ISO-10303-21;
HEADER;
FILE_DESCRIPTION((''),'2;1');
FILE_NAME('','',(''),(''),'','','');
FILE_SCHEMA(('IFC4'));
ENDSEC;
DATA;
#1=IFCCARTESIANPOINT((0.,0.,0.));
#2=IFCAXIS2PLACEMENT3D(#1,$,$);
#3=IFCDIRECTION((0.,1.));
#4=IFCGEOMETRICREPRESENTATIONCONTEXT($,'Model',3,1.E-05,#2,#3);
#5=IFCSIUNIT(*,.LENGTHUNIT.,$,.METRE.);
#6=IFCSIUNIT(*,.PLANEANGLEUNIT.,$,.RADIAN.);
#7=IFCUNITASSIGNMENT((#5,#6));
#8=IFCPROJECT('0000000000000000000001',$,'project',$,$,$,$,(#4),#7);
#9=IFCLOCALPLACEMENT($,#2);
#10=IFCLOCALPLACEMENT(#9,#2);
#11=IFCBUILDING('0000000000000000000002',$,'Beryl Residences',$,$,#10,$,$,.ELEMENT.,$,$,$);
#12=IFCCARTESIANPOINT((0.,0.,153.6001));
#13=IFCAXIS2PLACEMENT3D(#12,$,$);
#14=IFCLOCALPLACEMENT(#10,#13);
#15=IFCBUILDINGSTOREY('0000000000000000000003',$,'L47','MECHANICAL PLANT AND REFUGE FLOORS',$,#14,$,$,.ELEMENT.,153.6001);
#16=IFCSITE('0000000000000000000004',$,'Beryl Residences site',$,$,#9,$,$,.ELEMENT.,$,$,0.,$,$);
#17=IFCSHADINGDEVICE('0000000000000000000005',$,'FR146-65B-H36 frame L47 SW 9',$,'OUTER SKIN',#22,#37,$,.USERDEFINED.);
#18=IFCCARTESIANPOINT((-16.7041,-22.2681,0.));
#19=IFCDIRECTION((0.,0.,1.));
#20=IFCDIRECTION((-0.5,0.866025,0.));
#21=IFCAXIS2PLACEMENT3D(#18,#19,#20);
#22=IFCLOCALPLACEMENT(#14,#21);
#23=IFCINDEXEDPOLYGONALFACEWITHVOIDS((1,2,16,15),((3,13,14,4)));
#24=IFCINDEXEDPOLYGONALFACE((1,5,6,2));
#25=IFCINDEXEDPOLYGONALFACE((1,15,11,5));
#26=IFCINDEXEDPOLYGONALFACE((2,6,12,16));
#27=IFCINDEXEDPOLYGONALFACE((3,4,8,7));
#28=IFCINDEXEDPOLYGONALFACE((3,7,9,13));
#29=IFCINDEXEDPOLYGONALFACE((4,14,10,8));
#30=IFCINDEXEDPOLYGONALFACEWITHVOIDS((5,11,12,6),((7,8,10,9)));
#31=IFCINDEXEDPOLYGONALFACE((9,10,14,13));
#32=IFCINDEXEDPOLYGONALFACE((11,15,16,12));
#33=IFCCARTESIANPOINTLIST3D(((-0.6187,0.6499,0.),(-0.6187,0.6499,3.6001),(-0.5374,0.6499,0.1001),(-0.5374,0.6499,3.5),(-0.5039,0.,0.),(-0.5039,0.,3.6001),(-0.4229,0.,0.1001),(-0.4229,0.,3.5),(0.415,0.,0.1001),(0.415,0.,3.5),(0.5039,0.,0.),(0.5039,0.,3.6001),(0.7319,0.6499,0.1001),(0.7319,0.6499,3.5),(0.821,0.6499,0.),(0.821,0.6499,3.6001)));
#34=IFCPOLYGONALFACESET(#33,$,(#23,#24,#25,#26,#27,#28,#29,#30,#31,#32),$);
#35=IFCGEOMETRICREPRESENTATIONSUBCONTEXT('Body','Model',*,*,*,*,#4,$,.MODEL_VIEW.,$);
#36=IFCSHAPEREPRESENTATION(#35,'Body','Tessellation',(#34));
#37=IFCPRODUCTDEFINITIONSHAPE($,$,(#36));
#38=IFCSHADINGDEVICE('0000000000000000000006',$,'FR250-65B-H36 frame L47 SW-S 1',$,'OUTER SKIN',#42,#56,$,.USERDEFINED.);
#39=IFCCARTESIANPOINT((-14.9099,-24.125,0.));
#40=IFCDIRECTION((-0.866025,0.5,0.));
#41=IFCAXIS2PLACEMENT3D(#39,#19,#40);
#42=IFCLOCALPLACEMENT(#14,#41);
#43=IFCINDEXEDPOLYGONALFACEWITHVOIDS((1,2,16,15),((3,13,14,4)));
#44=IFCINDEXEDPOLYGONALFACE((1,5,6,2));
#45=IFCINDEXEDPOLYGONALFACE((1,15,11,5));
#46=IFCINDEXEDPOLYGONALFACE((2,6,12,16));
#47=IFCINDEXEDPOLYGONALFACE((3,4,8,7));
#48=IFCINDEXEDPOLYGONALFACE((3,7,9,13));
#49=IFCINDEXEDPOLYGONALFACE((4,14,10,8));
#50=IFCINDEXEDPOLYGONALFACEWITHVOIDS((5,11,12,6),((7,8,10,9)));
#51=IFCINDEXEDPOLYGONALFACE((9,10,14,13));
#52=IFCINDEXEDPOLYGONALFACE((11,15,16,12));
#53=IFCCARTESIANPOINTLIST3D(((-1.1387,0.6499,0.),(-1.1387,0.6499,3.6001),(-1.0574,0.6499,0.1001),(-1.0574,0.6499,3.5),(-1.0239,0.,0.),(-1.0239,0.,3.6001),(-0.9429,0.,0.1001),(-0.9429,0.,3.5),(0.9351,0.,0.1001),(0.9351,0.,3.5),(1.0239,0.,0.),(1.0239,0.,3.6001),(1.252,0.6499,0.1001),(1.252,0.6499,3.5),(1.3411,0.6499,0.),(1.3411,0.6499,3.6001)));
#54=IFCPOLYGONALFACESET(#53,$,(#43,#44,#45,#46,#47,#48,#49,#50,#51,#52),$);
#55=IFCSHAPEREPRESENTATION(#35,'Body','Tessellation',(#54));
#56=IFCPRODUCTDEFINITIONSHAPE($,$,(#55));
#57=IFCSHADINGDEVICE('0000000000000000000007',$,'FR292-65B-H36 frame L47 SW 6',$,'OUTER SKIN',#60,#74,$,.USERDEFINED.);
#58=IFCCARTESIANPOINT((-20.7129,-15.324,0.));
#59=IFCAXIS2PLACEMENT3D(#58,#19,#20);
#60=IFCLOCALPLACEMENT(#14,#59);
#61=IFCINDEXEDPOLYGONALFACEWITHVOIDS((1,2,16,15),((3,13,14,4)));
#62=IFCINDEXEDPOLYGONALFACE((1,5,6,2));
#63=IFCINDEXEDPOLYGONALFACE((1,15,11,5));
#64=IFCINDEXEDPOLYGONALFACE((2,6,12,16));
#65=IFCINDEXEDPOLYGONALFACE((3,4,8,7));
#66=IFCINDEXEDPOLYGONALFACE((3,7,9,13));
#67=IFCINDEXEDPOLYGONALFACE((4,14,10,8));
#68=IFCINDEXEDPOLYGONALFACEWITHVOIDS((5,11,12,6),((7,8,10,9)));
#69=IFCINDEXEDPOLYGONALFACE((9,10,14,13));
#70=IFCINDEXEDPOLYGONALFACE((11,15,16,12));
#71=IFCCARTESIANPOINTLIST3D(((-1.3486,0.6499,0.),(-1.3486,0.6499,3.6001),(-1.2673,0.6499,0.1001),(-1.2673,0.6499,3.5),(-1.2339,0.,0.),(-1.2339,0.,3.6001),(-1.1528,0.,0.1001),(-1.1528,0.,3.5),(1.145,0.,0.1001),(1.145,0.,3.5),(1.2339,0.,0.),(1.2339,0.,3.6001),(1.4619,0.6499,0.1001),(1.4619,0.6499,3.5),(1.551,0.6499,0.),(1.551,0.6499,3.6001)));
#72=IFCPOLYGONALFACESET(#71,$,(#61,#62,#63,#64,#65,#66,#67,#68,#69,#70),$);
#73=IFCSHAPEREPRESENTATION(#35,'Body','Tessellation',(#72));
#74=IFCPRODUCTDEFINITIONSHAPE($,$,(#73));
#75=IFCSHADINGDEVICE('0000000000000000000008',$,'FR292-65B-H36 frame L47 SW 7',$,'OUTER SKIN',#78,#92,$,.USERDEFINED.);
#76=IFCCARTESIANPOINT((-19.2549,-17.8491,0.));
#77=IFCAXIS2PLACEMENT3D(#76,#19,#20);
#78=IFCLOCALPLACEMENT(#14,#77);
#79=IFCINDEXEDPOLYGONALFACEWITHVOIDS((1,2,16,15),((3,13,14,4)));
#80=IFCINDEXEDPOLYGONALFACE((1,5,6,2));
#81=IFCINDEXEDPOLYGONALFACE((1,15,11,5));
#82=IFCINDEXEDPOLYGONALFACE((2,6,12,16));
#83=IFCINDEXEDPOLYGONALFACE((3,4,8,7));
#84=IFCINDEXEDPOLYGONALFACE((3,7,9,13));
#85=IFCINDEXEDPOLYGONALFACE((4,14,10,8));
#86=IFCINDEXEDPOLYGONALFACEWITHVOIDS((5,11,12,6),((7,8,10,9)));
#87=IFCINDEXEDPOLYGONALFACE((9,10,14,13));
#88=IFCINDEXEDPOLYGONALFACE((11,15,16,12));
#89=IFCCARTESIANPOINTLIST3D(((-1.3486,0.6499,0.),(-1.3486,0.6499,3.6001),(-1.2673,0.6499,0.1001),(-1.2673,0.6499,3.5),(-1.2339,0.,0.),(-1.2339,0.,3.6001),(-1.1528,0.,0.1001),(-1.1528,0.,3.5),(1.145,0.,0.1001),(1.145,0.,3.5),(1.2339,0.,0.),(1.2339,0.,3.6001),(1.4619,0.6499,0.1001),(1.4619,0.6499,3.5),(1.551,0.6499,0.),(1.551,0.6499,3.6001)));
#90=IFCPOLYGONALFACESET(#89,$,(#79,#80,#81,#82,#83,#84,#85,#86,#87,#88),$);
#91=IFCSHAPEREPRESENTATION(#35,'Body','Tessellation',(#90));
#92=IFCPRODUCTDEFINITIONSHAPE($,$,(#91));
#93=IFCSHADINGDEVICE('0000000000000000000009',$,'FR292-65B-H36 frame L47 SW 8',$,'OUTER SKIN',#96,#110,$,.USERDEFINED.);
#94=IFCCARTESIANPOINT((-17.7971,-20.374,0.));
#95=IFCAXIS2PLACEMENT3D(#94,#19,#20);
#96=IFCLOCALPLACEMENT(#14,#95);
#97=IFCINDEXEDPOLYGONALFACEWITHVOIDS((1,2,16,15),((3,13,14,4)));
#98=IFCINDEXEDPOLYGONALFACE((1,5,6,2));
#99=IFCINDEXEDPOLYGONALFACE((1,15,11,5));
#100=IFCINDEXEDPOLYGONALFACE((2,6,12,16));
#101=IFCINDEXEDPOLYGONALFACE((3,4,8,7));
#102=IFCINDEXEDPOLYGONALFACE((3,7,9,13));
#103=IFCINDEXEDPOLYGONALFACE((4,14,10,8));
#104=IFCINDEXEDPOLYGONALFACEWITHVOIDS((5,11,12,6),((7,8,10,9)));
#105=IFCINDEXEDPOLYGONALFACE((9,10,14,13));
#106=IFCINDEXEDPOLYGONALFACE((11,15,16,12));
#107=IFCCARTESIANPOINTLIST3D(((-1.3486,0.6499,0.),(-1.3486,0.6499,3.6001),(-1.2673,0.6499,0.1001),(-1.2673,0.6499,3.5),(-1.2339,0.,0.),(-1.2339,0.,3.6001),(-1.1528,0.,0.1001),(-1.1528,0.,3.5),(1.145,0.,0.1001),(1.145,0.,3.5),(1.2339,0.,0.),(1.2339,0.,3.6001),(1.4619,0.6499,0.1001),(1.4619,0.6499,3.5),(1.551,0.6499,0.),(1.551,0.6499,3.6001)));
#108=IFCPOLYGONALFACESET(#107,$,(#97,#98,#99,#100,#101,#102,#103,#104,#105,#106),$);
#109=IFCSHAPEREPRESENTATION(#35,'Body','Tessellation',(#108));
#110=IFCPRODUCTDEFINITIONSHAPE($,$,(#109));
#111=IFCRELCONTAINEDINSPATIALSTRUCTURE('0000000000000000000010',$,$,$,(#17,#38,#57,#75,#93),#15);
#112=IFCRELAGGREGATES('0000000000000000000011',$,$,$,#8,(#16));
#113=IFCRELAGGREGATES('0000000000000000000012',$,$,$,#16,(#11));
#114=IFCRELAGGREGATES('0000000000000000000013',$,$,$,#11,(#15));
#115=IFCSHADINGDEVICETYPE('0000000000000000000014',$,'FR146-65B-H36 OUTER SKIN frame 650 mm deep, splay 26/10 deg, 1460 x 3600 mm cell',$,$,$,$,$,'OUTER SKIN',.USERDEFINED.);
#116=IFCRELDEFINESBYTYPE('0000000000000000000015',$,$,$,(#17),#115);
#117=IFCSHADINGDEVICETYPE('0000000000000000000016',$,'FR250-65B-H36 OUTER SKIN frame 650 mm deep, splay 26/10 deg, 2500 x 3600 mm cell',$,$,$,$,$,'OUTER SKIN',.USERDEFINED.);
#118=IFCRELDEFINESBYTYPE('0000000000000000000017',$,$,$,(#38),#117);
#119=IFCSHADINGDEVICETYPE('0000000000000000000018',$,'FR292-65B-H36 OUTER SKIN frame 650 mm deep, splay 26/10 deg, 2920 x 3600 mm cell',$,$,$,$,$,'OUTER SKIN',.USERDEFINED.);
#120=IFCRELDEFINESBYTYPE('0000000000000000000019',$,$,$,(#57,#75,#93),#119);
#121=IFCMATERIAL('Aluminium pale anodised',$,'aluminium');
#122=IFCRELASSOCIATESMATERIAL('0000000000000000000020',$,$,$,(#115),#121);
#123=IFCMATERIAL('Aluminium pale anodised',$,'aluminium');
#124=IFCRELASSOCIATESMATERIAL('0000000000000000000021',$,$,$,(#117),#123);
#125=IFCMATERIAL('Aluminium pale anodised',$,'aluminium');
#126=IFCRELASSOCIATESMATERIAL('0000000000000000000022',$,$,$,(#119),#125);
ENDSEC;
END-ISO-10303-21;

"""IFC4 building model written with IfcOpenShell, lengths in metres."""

from ifc_helpers import new_model, entity, si_unit, direction, frame, origin, place, context, subcontext, project, spatial, source, transform, mapped, material, type_object, type_shapes, element, save


model = new_model("IFC4")

# Units and contexts
model_context = context("Model", 3, precision=1e-05, world=origin(), true_north=direction((0.0, 1.0)))
body_context = subcontext(model_context, "Body", "Model", "MODEL_VIEW")
ifc_project = project(units=[si_unit("LENGTHUNIT", "METRE"), si_unit("PLANEANGLEUNIT", "RADIAN")], contexts=[model_context])

# Site, building, storey
site_placement = place(None, origin())
site = spatial("IfcSite", under=ifc_project, at=site_placement, Name="Beryl Residences site", CompositionType="ELEMENT", RefElevation=0.0)
building_placement = place(site_placement, origin())
building = spatial("IfcBuilding", under=site, at=building_placement, Name="Beryl Residences", CompositionType="ELEMENT")
storey_placement = place(building_placement, frame((0.0, 0.0, 153.6001)))
storey = spatial("IfcBuildingStorey", under=building, at=storey_placement, Name="L47", Description="MECHANICAL PLANT AND REFUGE FLOORS", CompositionType="ELEMENT", Elevation=153.6001)

# Shading devices
ifc_material_1 = material(Name="Aluminium pale anodised", Category="aluminium")
shading_device_type_1 = type_object("IfcShadingDeviceType", Name="FR146-65B-H36 OUTER SKIN frame 650 mm deep, splay 26/10 deg, 1460 x 3600 mm cell", ElementType="OUTER SKIN", PredefinedType="USERDEFINED", material=ifc_material_1)
cartesian_point_1 = entity("IfcCartesianPoint", [-0.5039, 0.0])
cartesian_point_2 = entity("IfcCartesianPoint", [-0.415, 0.1001])
cartesian_point_3 = entity("IfcCartesianPoint", [-0.821, 0.0])
cartesian_point_4 = entity("IfcCartesianPoint", [-0.7319, 0.1001])
shared_shape_1 = source(origin(), body_context, "Body", "SweptSolid", [
    entity("IfcExtrudedAreaSolidTapered", entity("IfcArbitraryProfileDefWithVoids", "AREA", None, entity("IfcPolyline", [cartesian_point_1, entity("IfcCartesianPoint", [0.5039, 0.0]), entity("IfcCartesianPoint", [0.5039, 3.6001]), entity("IfcCartesianPoint", [-0.5039, 3.6001]), cartesian_point_1]), [entity("IfcPolyline", [cartesian_point_2, entity("IfcCartesianPoint", [0.4229, 0.1001]), entity("IfcCartesianPoint", [0.4229, 3.5]), entity("IfcCartesianPoint", [-0.415, 3.5]), cartesian_point_2])]), entity("IfcAxis2Placement3D", entity("IfcCartesianPoint", [0.0, 0.0, 0.0]), entity("IfcDirection", [0.0, 1.0, 0.0]), entity("IfcDirection", [-1.0, 0.0, 0.0])), entity("IfcDirection", [0.0, 0.0, 1.0]), 0.6499, entity("IfcArbitraryProfileDefWithVoids", "AREA", None, entity("IfcPolyline", [cartesian_point_3, entity("IfcCartesianPoint", [0.6187, 0.0]), entity("IfcCartesianPoint", [0.6187, 3.6001]), entity("IfcCartesianPoint", [-0.821, 3.6001]), cartesian_point_3]), [entity("IfcPolyline", [cartesian_point_4, entity("IfcCartesianPoint", [0.5374, 0.1001]), entity("IfcCartesianPoint", [0.5374, 3.5]), entity("IfcCartesianPoint", [-0.7319, 3.5]), cartesian_point_4])])),
])
type_shapes(shading_device_type_1, [shared_shape_1])
shading_device_1_placement = place(storey_placement, frame((-16.7041, -22.2681, 0.0), z_axis=(0.0, 0.0, 1.0), x_axis=(-0.5, 0.866025, 0.0)))
element("IfcShadingDevice", 1, at=shading_device_1_placement, inside=storey, type_object=shading_device_type_1, Name="FR146-65B-H36 frame L47 SW 9", ObjectType="OUTER SKIN", PredefinedType="USERDEFINED", context=body_context, shape_type="MappedRepresentation", body=[
    mapped(shared_shape_1, transform((0.0, 0.0, 0.0))),
])
ifc_material_2 = material(Name="Aluminium pale anodised", Category="aluminium")
shading_device_type_2 = type_object("IfcShadingDeviceType", Name="FR250-65B-H36 OUTER SKIN frame 650 mm deep, splay 26/10 deg, 2500 x 3600 mm cell", ElementType="OUTER SKIN", PredefinedType="USERDEFINED", material=ifc_material_2)
cartesian_point_5 = entity("IfcCartesianPoint", [-1.0239, 0.0])
cartesian_point_6 = entity("IfcCartesianPoint", [-0.9351, 0.1001])
cartesian_point_7 = entity("IfcCartesianPoint", [-1.3411, 0.0])
cartesian_point_8 = entity("IfcCartesianPoint", [-1.252, 0.1001])
shared_shape_2 = source(origin(), body_context, "Body", "SweptSolid", [
    entity("IfcExtrudedAreaSolidTapered", entity("IfcArbitraryProfileDefWithVoids", "AREA", None, entity("IfcPolyline", [cartesian_point_5, entity("IfcCartesianPoint", [1.0239, 0.0]), entity("IfcCartesianPoint", [1.0239, 3.6001]), entity("IfcCartesianPoint", [-1.0239, 3.6001]), cartesian_point_5]), [entity("IfcPolyline", [cartesian_point_6, entity("IfcCartesianPoint", [0.9429, 0.1001]), entity("IfcCartesianPoint", [0.9429, 3.5]), entity("IfcCartesianPoint", [-0.9351, 3.5]), cartesian_point_6])]), entity("IfcAxis2Placement3D", entity("IfcCartesianPoint", [0.0, 0.0, 0.0]), entity("IfcDirection", [0.0, 1.0, 0.0]), entity("IfcDirection", [-1.0, 0.0, 0.0])), entity("IfcDirection", [0.0, 0.0, 1.0]), 0.6499, entity("IfcArbitraryProfileDefWithVoids", "AREA", None, entity("IfcPolyline", [cartesian_point_7, entity("IfcCartesianPoint", [1.1387, 0.0]), entity("IfcCartesianPoint", [1.1387, 3.6001]), entity("IfcCartesianPoint", [-1.3411, 3.6001]), cartesian_point_7]), [entity("IfcPolyline", [cartesian_point_8, entity("IfcCartesianPoint", [1.0574, 0.1001]), entity("IfcCartesianPoint", [1.0574, 3.5]), entity("IfcCartesianPoint", [-1.252, 3.5]), cartesian_point_8])])),
])
type_shapes(shading_device_type_2, [shared_shape_2])
shading_device_2_placement = place(storey_placement, frame((-14.9099, -24.125, 0.0), z_axis=(0.0, 0.0, 1.0), x_axis=(-0.866025, 0.5, 0.0)))
element("IfcShadingDevice", 2, at=shading_device_2_placement, inside=storey, type_object=shading_device_type_2, Name="FR250-65B-H36 frame L47 SW-S 1", ObjectType="OUTER SKIN", PredefinedType="USERDEFINED", context=body_context, shape_type="MappedRepresentation", body=[
    mapped(shared_shape_2, transform((0.0, 0.0, 0.0))),
])
ifc_material_3 = material(Name="Aluminium pale anodised", Category="aluminium")
shading_device_type_3 = type_object("IfcShadingDeviceType", Name="FR292-65B-H36 OUTER SKIN frame 650 mm deep, splay 26/10 deg, 2920 x 3600 mm cell", ElementType="OUTER SKIN", PredefinedType="USERDEFINED", material=ifc_material_3)
cartesian_point_9 = entity("IfcCartesianPoint", [-1.2339, 0.0])
cartesian_point_10 = entity("IfcCartesianPoint", [-1.145, 0.1001])
cartesian_point_11 = entity("IfcCartesianPoint", [-1.551, 0.0])
cartesian_point_12 = entity("IfcCartesianPoint", [-1.4619, 0.1001])
shared_shape_3 = source(origin(), body_context, "Body", "SweptSolid", [
    entity("IfcExtrudedAreaSolidTapered", entity("IfcArbitraryProfileDefWithVoids", "AREA", None, entity("IfcPolyline", [cartesian_point_9, entity("IfcCartesianPoint", [1.2339, 0.0]), entity("IfcCartesianPoint", [1.2339, 3.6001]), entity("IfcCartesianPoint", [-1.2339, 3.6001]), cartesian_point_9]), [entity("IfcPolyline", [cartesian_point_10, entity("IfcCartesianPoint", [1.1528, 0.1001]), entity("IfcCartesianPoint", [1.1528, 3.5]), entity("IfcCartesianPoint", [-1.145, 3.5]), cartesian_point_10])]), entity("IfcAxis2Placement3D", entity("IfcCartesianPoint", [0.0, 0.0, 0.0]), entity("IfcDirection", [0.0, 1.0, 0.0]), entity("IfcDirection", [-1.0, 0.0, 0.0])), entity("IfcDirection", [0.0, 0.0, 1.0]), 0.6499, entity("IfcArbitraryProfileDefWithVoids", "AREA", None, entity("IfcPolyline", [cartesian_point_11, entity("IfcCartesianPoint", [1.3486, 0.0]), entity("IfcCartesianPoint", [1.3486, 3.6001]), entity("IfcCartesianPoint", [-1.551, 3.6001]), cartesian_point_11]), [entity("IfcPolyline", [cartesian_point_12, entity("IfcCartesianPoint", [1.2673, 0.1001]), entity("IfcCartesianPoint", [1.2673, 3.5]), entity("IfcCartesianPoint", [-1.4619, 3.5]), cartesian_point_12])])),
])
type_shapes(shading_device_type_3, [shared_shape_3])
for number, where, z_axis, x_axis, name in (
    (3, (-20.7129, -15.324, 0.0), (0.0, 0.0, 1.0), (-0.5, 0.866025, 0.0), "FR292-65B-H36 frame L47 SW 6"),
    (4, (-19.2549, -17.8491, 0.0), (0.0, 0.0, 1.0), (-0.5, 0.866025, 0.0), "FR292-65B-H36 frame L47 SW 7"),
    (5, (-17.7971, -20.374, 0.0), (0.0, 0.0, 1.0), (-0.5, 0.866025, 0.0), "FR292-65B-H36 frame L47 SW 8"),
):
    element("IfcShadingDevice", number, at=place(storey_placement, frame(where, z_axis=z_axis, x_axis=x_axis)), inside=storey, type_object=shading_device_type_3, Name=name, ObjectType="OUTER SKIN", PredefinedType="USERDEFINED", context=body_context, shape_type="MappedRepresentation", body=[
        mapped(shared_shape_3, transform((0.0, 0.0, 0.0))),
    ])

save(model, "model.ifc")
